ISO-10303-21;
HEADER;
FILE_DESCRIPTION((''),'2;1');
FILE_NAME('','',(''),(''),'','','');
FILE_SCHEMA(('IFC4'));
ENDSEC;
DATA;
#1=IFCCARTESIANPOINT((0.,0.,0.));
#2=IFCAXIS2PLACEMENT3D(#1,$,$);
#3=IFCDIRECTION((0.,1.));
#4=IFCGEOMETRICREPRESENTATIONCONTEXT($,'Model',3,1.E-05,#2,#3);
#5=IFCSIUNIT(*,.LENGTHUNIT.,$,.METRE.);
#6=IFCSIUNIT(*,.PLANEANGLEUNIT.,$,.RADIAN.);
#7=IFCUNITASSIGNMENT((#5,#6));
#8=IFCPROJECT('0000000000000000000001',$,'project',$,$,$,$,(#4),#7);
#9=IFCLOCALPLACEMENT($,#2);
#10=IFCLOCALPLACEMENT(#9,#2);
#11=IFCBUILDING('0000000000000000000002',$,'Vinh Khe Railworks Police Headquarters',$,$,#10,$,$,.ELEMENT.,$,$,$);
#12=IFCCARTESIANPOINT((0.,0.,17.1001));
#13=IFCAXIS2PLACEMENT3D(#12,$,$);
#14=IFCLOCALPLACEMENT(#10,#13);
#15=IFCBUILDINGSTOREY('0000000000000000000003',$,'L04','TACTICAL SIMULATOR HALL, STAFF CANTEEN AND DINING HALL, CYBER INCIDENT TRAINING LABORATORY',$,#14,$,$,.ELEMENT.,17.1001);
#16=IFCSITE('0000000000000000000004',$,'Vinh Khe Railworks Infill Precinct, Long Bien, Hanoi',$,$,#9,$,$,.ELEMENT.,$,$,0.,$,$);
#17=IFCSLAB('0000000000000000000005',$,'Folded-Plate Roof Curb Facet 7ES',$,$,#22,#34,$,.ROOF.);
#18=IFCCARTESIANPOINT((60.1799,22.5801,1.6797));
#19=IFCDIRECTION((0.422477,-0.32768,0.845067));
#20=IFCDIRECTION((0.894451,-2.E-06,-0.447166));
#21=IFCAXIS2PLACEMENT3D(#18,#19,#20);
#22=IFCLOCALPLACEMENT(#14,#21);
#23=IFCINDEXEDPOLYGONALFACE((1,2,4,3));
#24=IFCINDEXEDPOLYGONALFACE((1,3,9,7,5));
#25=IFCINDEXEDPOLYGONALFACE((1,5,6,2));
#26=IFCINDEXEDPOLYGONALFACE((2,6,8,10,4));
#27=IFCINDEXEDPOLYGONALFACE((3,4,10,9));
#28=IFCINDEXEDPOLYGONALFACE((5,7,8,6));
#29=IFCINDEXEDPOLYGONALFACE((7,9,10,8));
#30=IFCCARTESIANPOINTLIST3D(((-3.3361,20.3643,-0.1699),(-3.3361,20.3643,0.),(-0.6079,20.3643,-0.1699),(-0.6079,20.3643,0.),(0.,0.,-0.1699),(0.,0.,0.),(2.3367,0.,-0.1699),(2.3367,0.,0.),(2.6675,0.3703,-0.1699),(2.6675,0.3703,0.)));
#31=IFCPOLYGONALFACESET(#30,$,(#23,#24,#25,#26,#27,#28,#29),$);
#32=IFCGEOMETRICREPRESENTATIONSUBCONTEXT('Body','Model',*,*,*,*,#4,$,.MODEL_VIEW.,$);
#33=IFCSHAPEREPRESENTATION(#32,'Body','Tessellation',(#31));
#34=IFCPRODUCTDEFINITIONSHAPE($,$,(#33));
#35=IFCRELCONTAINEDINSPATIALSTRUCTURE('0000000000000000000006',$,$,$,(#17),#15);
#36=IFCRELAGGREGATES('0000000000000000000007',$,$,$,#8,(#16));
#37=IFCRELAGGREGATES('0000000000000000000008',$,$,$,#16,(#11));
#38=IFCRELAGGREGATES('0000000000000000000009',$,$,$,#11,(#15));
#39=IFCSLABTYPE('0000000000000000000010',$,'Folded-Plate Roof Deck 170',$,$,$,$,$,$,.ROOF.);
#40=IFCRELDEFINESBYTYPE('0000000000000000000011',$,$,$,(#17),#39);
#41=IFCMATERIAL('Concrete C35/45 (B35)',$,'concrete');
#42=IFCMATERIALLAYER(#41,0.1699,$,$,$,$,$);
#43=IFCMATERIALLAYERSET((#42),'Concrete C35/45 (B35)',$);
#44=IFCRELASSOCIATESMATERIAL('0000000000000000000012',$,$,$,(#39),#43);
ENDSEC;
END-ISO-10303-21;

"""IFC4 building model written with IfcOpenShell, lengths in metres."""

from ifc_helpers import new_model, si_unit, direction, frame, origin, place, context, subcontext, project, spatial, polyline, outline, extrude, material, layer, layer_set, type_object, element, save


model = new_model("IFC4")

# Units and contexts
model_context = context("Model", 3, precision=1e-05, world=origin(), true_north=direction((0.0, 1.0)))
body_context = subcontext(model_context, "Body", "Model", "MODEL_VIEW")
ifc_project = project(units=[si_unit("LENGTHUNIT", "METRE"), si_unit("PLANEANGLEUNIT", "RADIAN")], contexts=[model_context])

# Site, building, storey
site_placement = place(None, origin())
site = spatial("IfcSite", under=ifc_project, at=site_placement, Name="Vinh Khe Railworks Infill Precinct, Long Bien, Hanoi", CompositionType="ELEMENT", RefElevation=0.0)
building_placement = place(site_placement, origin())
building = spatial("IfcBuilding", under=site, at=building_placement, Name="Vinh Khe Railworks Police Headquarters", CompositionType="ELEMENT")
storey_placement = place(building_placement, frame((0.0, 0.0, 17.1001)))
storey = spatial("IfcBuildingStorey", under=building, at=storey_placement, Name="L04", Description="TACTICAL SIMULATOR HALL, STAFF CANTEEN AND DINING HALL, CYBER INCIDENT TRAINING LABORATORY", CompositionType="ELEMENT", Elevation=17.1001)

# Slab
ifc_material_1 = material(Name="Concrete C35/45 (B35)", Category="concrete")
ifc_layer = layer(ifc_material_1, 0.1699)
ifc_layer_set = layer_set([ifc_layer], Name="Concrete C35/45 (B35)")
slab_type = type_object("IfcSlabType", Name="Folded-Plate Roof Deck 170", PredefinedType="ROOF", material=ifc_layer_set)
slab_1_placement = place(storey_placement, frame((60.1799, 22.5801, 1.6797), z_axis=(0.422477, -0.32768, 0.845067), x_axis=(0.894451, -0.000002, -0.447166)))
element("IfcSlab", 1, at=slab_1_placement, inside=storey, type_object=slab_type, Name="Folded-Plate Roof Curb Facet 7ES", PredefinedType="ROOF", context=body_context, shape_type="SweptSolid", body=[
    extrude(outline(polyline([(0.0, 0.0), (2.3367, 0.0), (2.6675, 0.3703), (-0.6079, 20.3643), (-3.3361, 20.3643), (0.0, 0.0)])), origin(), (0.0, 0.0, -1.0), 0.1699),
])

save(model, "model.ifc")
